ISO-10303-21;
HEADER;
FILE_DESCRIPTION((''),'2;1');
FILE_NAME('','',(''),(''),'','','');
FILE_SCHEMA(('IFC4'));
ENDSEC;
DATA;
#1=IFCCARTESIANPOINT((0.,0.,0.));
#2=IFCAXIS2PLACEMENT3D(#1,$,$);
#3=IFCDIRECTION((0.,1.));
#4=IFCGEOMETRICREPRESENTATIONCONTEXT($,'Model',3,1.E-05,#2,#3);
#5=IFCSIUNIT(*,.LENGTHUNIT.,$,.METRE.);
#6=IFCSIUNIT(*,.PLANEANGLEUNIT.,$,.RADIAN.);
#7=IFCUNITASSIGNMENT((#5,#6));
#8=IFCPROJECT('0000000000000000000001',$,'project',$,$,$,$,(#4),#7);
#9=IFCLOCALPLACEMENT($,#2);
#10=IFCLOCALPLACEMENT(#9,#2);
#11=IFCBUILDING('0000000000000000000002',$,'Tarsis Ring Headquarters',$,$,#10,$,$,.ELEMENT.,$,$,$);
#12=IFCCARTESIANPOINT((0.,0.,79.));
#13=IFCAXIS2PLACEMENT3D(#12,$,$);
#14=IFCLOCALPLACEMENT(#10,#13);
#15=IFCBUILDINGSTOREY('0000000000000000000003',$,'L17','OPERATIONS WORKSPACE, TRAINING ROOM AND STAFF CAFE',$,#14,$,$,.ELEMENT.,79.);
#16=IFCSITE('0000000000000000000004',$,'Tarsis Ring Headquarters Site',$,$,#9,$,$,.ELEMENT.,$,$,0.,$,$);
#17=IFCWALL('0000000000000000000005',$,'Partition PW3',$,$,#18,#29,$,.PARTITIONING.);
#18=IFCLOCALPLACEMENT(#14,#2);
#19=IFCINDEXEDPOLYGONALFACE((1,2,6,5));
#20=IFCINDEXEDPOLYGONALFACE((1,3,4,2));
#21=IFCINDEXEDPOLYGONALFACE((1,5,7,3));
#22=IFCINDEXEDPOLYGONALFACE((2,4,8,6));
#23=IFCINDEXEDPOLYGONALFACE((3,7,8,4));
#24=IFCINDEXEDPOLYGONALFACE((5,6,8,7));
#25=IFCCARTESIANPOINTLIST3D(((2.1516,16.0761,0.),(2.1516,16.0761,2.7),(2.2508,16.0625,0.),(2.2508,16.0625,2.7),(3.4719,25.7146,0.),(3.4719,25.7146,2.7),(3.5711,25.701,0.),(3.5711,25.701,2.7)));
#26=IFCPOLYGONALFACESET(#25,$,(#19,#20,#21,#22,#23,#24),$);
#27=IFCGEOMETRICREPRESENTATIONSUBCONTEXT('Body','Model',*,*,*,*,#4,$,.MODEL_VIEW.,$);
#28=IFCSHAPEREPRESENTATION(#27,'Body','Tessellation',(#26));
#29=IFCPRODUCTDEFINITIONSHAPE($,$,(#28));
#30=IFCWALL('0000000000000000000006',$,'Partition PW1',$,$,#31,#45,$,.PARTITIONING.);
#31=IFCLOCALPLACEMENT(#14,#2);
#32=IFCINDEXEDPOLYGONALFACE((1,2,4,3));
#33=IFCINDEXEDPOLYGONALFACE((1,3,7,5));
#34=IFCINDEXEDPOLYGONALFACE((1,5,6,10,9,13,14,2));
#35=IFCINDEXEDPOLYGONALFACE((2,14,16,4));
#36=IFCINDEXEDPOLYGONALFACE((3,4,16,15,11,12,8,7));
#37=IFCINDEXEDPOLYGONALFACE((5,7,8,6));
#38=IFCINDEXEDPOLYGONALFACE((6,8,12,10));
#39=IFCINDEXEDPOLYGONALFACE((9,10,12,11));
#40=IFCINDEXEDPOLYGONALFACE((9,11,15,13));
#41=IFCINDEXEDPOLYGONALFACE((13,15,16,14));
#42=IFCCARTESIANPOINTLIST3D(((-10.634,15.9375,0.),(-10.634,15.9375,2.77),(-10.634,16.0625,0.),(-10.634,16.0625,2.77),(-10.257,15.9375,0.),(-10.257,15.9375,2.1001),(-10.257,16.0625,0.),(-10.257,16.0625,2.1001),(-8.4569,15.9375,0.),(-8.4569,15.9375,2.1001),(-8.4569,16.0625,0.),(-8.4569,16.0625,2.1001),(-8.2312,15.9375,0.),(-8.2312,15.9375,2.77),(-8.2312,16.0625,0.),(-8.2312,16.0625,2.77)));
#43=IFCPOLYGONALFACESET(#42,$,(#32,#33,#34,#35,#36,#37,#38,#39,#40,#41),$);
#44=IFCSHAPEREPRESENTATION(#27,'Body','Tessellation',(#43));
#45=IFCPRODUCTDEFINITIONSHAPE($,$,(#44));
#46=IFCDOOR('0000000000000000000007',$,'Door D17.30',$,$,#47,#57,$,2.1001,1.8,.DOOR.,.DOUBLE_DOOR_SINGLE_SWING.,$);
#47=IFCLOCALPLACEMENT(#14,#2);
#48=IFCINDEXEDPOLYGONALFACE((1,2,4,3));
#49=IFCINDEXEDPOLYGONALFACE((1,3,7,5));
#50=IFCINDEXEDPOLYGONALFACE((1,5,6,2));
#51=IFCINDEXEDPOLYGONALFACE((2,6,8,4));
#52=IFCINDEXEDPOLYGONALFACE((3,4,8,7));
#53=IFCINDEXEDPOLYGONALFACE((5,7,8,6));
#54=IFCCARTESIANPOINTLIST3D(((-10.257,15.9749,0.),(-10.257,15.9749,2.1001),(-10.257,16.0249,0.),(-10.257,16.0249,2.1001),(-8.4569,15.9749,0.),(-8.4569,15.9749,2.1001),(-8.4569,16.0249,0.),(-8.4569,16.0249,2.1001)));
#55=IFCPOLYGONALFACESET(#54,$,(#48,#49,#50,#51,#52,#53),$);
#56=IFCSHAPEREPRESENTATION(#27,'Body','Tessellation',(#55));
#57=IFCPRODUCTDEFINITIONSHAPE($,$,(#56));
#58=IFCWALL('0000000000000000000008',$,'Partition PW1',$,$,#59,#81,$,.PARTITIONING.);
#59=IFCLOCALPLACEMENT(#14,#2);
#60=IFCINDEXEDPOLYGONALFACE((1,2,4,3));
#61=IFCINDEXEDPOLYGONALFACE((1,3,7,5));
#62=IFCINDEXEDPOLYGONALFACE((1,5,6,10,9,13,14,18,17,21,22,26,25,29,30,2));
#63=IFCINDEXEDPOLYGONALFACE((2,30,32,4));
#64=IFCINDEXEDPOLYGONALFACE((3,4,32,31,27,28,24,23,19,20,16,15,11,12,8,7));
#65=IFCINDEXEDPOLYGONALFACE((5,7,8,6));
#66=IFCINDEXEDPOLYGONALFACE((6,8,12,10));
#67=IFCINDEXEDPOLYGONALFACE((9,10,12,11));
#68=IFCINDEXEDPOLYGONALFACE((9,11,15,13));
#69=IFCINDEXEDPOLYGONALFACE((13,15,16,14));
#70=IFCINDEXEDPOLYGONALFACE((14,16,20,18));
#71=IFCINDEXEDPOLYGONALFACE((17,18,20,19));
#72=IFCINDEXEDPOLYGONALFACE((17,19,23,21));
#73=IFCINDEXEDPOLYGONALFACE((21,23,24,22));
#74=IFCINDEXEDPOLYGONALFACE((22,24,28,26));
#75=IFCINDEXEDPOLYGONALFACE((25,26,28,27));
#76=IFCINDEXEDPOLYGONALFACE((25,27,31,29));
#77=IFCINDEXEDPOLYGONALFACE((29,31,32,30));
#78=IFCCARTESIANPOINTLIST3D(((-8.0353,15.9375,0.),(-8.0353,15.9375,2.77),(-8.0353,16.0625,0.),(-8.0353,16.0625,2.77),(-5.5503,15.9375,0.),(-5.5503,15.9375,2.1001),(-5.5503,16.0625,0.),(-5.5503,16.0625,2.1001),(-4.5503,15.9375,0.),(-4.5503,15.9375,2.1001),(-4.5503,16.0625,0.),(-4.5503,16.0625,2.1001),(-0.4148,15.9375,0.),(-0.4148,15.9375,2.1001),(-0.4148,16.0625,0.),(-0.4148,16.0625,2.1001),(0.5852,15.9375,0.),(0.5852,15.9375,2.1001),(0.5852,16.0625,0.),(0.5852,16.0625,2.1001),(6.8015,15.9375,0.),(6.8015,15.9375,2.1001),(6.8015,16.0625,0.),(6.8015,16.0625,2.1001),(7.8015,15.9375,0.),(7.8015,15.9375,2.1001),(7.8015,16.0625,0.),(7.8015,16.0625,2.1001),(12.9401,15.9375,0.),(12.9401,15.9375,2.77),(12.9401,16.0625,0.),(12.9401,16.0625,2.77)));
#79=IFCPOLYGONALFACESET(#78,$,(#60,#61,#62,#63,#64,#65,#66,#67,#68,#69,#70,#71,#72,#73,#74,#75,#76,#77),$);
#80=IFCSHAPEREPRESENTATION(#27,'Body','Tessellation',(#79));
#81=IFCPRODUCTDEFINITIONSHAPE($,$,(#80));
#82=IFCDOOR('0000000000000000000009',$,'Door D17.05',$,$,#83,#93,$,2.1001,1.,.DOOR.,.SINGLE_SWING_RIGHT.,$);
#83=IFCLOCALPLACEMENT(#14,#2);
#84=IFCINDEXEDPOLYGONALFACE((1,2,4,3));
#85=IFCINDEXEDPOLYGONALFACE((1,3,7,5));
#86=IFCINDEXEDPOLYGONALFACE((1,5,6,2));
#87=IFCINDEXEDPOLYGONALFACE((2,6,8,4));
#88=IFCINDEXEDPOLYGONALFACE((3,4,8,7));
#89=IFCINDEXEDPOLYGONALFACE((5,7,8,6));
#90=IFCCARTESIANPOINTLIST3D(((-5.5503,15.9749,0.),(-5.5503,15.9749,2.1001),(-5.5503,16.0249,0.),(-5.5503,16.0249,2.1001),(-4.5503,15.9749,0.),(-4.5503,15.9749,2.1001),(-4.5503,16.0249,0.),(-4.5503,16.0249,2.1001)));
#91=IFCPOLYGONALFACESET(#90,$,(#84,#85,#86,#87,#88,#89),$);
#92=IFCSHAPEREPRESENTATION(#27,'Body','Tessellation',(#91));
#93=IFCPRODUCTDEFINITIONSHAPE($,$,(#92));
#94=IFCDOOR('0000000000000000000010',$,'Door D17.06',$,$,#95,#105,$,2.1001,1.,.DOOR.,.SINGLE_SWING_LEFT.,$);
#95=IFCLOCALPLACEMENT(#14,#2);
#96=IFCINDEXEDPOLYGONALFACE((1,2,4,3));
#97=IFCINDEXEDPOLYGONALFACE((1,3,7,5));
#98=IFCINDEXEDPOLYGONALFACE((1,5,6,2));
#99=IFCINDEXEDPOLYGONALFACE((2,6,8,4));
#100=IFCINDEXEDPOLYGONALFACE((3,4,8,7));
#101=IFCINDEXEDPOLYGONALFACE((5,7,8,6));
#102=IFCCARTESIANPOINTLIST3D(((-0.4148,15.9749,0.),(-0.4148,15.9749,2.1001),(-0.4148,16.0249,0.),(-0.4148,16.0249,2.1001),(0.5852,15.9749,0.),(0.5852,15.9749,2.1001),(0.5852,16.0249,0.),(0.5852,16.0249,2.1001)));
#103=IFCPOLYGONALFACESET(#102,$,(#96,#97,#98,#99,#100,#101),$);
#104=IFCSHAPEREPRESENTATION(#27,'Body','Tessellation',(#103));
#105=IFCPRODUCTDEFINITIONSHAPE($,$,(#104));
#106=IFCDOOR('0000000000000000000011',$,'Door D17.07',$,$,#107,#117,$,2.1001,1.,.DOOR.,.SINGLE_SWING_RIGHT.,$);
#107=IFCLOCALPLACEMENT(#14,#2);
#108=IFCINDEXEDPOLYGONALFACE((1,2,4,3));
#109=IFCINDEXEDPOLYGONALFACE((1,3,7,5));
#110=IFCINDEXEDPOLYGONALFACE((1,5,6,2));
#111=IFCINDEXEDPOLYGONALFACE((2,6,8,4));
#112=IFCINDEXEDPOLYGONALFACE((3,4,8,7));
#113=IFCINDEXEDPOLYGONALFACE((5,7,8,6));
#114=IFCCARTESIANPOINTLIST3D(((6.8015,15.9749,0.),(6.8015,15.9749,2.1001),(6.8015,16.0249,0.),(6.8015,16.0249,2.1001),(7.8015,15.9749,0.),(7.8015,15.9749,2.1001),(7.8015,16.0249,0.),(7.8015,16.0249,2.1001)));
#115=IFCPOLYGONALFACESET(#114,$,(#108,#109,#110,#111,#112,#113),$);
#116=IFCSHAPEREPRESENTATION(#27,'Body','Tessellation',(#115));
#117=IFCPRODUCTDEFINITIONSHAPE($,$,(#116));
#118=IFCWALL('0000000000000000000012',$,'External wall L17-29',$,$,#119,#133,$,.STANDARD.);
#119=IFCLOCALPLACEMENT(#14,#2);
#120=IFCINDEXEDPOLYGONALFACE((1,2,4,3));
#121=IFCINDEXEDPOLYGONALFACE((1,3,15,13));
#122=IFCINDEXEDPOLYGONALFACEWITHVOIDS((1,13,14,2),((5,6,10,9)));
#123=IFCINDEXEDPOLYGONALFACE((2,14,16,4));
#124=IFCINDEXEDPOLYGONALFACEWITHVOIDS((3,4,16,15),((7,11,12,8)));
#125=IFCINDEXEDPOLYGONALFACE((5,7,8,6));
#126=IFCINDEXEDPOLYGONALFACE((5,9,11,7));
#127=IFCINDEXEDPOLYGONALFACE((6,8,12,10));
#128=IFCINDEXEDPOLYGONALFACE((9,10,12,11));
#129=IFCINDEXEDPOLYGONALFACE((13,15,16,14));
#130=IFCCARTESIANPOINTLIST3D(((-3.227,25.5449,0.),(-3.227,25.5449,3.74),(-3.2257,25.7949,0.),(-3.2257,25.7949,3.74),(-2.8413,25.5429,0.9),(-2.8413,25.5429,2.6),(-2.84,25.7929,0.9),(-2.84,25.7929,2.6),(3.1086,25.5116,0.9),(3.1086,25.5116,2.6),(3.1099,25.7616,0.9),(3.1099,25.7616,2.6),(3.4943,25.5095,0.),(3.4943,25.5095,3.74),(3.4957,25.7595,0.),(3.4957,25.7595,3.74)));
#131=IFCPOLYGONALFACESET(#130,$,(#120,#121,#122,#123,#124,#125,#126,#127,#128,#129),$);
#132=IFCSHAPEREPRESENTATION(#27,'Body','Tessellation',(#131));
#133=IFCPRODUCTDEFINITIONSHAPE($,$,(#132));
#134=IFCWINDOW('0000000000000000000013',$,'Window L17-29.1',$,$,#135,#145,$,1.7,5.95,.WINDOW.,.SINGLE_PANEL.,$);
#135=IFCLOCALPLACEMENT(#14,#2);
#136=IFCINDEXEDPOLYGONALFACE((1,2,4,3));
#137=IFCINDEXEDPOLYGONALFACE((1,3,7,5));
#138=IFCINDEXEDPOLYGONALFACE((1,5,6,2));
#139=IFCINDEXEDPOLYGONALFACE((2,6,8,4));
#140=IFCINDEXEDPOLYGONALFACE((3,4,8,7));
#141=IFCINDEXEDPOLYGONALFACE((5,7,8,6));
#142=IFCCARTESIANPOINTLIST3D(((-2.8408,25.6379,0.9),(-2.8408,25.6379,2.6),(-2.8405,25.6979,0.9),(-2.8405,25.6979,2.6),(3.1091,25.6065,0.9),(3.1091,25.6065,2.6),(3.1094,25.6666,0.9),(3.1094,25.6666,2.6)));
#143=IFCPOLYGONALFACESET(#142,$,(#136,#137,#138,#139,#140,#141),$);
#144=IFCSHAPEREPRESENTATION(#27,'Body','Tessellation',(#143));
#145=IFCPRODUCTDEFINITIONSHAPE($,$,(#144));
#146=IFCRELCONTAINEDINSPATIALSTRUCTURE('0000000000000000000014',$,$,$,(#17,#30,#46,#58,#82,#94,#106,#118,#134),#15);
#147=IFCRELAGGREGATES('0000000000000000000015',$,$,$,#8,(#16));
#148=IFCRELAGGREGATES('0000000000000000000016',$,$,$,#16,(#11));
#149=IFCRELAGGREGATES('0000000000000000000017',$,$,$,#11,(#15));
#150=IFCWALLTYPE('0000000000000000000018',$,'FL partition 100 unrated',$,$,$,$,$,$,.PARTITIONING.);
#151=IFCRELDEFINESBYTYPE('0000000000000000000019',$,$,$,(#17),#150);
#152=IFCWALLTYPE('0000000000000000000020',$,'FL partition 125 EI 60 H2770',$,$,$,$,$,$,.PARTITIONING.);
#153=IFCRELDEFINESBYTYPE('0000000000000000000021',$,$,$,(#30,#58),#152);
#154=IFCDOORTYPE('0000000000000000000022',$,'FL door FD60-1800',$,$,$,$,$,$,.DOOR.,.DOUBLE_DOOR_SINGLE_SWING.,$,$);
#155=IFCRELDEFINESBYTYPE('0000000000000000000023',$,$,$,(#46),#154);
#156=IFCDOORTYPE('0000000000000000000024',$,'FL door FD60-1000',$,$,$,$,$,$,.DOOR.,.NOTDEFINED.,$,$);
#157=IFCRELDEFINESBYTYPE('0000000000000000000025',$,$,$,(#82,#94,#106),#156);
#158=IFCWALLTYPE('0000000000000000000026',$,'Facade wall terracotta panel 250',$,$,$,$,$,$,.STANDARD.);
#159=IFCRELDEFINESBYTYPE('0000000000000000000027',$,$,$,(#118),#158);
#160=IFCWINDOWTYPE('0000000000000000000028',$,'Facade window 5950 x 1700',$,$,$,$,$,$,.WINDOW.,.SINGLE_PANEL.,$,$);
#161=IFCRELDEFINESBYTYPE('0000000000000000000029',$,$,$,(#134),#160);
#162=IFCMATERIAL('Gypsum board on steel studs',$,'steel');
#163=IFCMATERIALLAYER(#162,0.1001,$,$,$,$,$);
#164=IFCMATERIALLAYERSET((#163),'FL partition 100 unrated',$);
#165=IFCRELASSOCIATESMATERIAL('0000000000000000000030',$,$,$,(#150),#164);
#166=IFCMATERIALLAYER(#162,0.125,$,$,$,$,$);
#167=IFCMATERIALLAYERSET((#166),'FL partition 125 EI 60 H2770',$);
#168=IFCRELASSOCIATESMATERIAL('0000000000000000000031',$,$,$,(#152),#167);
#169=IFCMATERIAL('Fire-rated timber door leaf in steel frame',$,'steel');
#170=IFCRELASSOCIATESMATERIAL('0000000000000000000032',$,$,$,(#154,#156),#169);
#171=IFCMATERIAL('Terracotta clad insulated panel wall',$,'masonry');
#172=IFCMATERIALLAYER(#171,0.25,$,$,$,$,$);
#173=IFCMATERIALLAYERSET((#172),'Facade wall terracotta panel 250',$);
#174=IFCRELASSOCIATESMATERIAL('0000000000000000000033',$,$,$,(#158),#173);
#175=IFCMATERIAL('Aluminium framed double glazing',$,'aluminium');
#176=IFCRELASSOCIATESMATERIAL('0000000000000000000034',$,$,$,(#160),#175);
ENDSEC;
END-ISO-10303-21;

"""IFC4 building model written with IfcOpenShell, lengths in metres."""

from ifc_helpers import new_model, si_unit, direction, frame, frame_2d, origin, place, context, subcontext, project, spatial, rectangle, extrude, material, layer, layer_set, type_object, element, fill, save


model = new_model("IFC4")

# Units and contexts
model_context = context("Model", 3, precision=1e-05, world=origin(), true_north=direction((0.0, 1.0)))
body_context = subcontext(model_context, "Body", "Model", "MODEL_VIEW")
ifc_project = project(units=[si_unit("LENGTHUNIT", "METRE"), si_unit("PLANEANGLEUNIT", "RADIAN")], contexts=[model_context])

# Site, building, storey
site_placement = place(None, origin())
site = spatial("IfcSite", under=ifc_project, at=site_placement, Name="Tarsis Ring Headquarters Site", CompositionType="ELEMENT", RefElevation=0.0)
building_placement = place(site_placement, origin())
building = spatial("IfcBuilding", under=site, at=building_placement, Name="Tarsis Ring Headquarters", CompositionType="ELEMENT")
storey_placement = place(building_placement, frame((0.0, 0.0, 79.0)))
storey = spatial("IfcBuildingStorey", under=building, at=storey_placement, Name="L17", Description="OPERATIONS WORKSPACE, TRAINING ROOM AND STAFF CAFE", CompositionType="ELEMENT", Elevation=79.0)

# Wall
ifc_material_1 = material(Name="Gypsum board on steel studs", Category="steel")
ifc_layer_1 = layer(ifc_material_1, 0.1001)
ifc_layer_set_1 = layer_set([ifc_layer_1], Name="FL partition 100 unrated")
wall_type_1 = type_object("IfcWallType", Name="FL partition 100 unrated", PredefinedType="PARTITIONING", material=ifc_layer_set_1)
wall_1_placement = place(storey_placement, frame((2.2012, 16.0693, 0.0), z_axis=(0.0, 0.0, 1.0), x_axis=(0.135717, 0.990748, 0.0)))
element("IfcWall", 1, at=wall_1_placement, inside=storey, type_object=wall_type_1, Name="Partition PW3", PredefinedType="PARTITIONING", context=body_context, shape_type="SweptSolid", body=[
    extrude(rectangle(XDim=9.7285, YDim=0.1001, at=frame_2d((4.8643, 0.0))), origin(), (0.0, 0.0, 1.0), 2.7),
])

# Wall, opening, door
ifc_layer_2 = layer(ifc_material_1, 0.125)
ifc_layer_set_2 = layer_set([ifc_layer_2], Name="FL partition 125 EI 60 H2770")
wall_type_2 = type_object("IfcWallType", Name="FL partition 125 EI 60 H2770", PredefinedType="PARTITIONING", material=ifc_layer_set_2)
wall_2_placement = place(storey_placement, frame((-10.634, 16.0, 0.0), z_axis=(0.0, 0.0, 1.0), x_axis=(1.0, 0.0, 0.0)))
wall_2 = element("IfcWall", 2, at=wall_2_placement, inside=storey, type_object=wall_type_2, Name="Partition PW1", PredefinedType="PARTITIONING", context=body_context, shape_type="SweptSolid", body=[
    extrude(rectangle(XDim=2.4028, YDim=0.125, at=frame_2d((1.2014, 0.0))), origin(), (0.0, 0.0, 1.0), 2.77),
])
opening_1_placement = place(wall_2_placement, frame((0.3772, 0.0, 0.0)))
opening_1 = element("IfcOpeningElement", 3, at=opening_1_placement, cuts=wall_2, PredefinedType="OPENING", context=body_context, shape_type="SweptSolid", body=[
    extrude(rectangle(XDim=1.8, YDim=2.1001, at=frame_2d((0.8999, 1.05))), frame((0.0, 0.0725, 0.0), z_axis=(0.0, -1.0, 0.0), x_axis=(1.0, 0.0, 0.0)), (0.0, 0.0, 1.0), 0.145),
])
ifc_material_2 = material(Name="Fire-rated timber door leaf in steel frame", Category="steel")
door_type_1 = type_object("IfcDoorType", Name="FL door FD60-1800", OperationType="DOUBLE_DOOR_SINGLE_SWING", PredefinedType="DOOR", material=ifc_material_2)
door_1_placement = place(opening_1_placement, origin())
door_1 = element("IfcDoor", 4, at=door_1_placement, inside=storey, type_object=door_type_1, Name="Door D17.30", OperationType="DOUBLE_DOOR_SINGLE_SWING", OverallHeight=2.1001, OverallWidth=1.8, PredefinedType="DOOR", context=body_context, shape_type="SweptSolid", body=[
    extrude(rectangle(XDim=1.8, YDim=2.1001, at=frame_2d((0.8999, 1.05))), frame((0.0, 0.0249, 0.0), z_axis=(0.0, -1.0, 0.0), x_axis=(1.0, 0.0, 0.0)), (0.0, 0.0, 1.0), 0.05),
])
fill(opening_1, door_1)

# Wall, openings, doors
wall_3_placement = place(storey_placement, frame((-8.0354, 16.0, 0.0), z_axis=(0.0, 0.0, 1.0), x_axis=(1.0, 0.0, 0.0)))
wall_3 = element("IfcWall", 5, at=wall_3_placement, inside=storey, type_object=wall_type_2, Name="Partition PW1", PredefinedType="PARTITIONING", context=body_context, shape_type="SweptSolid", body=[
    extrude(rectangle(XDim=20.9753, YDim=0.125, at=frame_2d((10.4878, 0.0))), origin(), (0.0, 0.0, 1.0), 2.77),
])
opening_2_placement = place(wall_3_placement, frame((2.4851, 0.0, 0.0)))
opening_2 = element("IfcOpeningElement", 6, at=opening_2_placement, cuts=wall_3, PredefinedType="OPENING", context=body_context, shape_type="SweptSolid", body=[
    extrude(rectangle(XDim=1.0, YDim=2.1001, at=frame_2d((0.5, 1.05))), frame((0.0, 0.0725, 0.0), z_axis=(0.0, -1.0, 0.0), x_axis=(1.0, 0.0, 0.0)), (0.0, 0.0, 1.0), 0.145),
])
opening_3_placement = place(wall_3_placement, frame((7.6206, 0.0, 0.0)))
opening_3 = element("IfcOpeningElement", 7, at=opening_3_placement, cuts=wall_3, PredefinedType="OPENING", context=body_context, shape_type="SweptSolid", body=[
    extrude(rectangle(XDim=1.0, YDim=2.1001, at=frame_2d((0.5, 1.05))), frame((0.0, 0.0725, 0.0), z_axis=(0.0, -1.0, 0.0), x_axis=(1.0, 0.0, 0.0)), (0.0, 0.0, 1.0), 0.145),
])
opening_4_placement = place(wall_3_placement, frame((14.8369, 0.0, 0.0)))
opening_4 = element("IfcOpeningElement", 8, at=opening_4_placement, cuts=wall_3, PredefinedType="OPENING", context=body_context, shape_type="SweptSolid", body=[
    extrude(rectangle(XDim=1.0, YDim=2.1001, at=frame_2d((0.5, 1.05))), frame((0.0, 0.0725, 0.0), z_axis=(0.0, -1.0, 0.0), x_axis=(1.0, 0.0, 0.0)), (0.0, 0.0, 1.0), 0.145),
])
door_type_2 = type_object("IfcDoorType", Name="FL door FD60-1000", OperationType="NOTDEFINED", PredefinedType="DOOR", material=ifc_material_2)
door_2_placement = place(opening_2_placement, origin())
door_2 = element("IfcDoor", 9, at=door_2_placement, inside=storey, type_object=door_type_2, Name="Door D17.05", OperationType="SINGLE_SWING_RIGHT", OverallHeight=2.1001, OverallWidth=1.0, PredefinedType="DOOR", context=body_context, shape_type="SweptSolid", body=[
    extrude(rectangle(XDim=1.0, YDim=2.1001, at=frame_2d((0.5, 1.05))), frame((0.0, 0.0249, 0.0), z_axis=(0.0, -1.0, 0.0), x_axis=(1.0, 0.0, 0.0)), (0.0, 0.0, 1.0), 0.05),
])
fill(opening_2, door_2)
door_3_placement = place(opening_3_placement, origin())
door_3 = element("IfcDoor", 10, at=door_3_placement, inside=storey, type_object=door_type_2, Name="Door D17.06", OperationType="SINGLE_SWING_LEFT", OverallHeight=2.1001, OverallWidth=1.0, PredefinedType="DOOR", context=body_context, shape_type="SweptSolid", body=[
    extrude(rectangle(XDim=1.0, YDim=2.1001, at=frame_2d((0.5, 1.05))), frame((0.0, 0.0249, 0.0), z_axis=(0.0, -1.0, 0.0), x_axis=(1.0, 0.0, 0.0)), (0.0, 0.0, 1.0), 0.05),
])
fill(opening_3, door_3)
door_4_placement = place(opening_4_placement, origin())
door_4 = element("IfcDoor", 11, at=door_4_placement, inside=storey, type_object=door_type_2, Name="Door D17.07", OperationType="SINGLE_SWING_RIGHT", OverallHeight=2.1001, OverallWidth=1.0, PredefinedType="DOOR", context=body_context, shape_type="SweptSolid", body=[
    extrude(rectangle(XDim=1.0, YDim=2.1001, at=frame_2d((0.5, 1.05))), frame((0.0, 0.0249, 0.0), z_axis=(0.0, -1.0, 0.0), x_axis=(1.0, 0.0, 0.0)), (0.0, 0.0, 1.0), 0.05),
])
fill(opening_4, door_4)

# Wall, opening, window
ifc_material_3 = material(Name="Terracotta clad insulated panel wall", Category="masonry")
ifc_layer_3 = layer(ifc_material_3, 0.25)
ifc_layer_set_3 = layer_set([ifc_layer_3], Name="Facade wall terracotta panel 250")
wall_type_3 = type_object("IfcWallType", Name="Facade wall terracotta panel 250", PredefinedType="STANDARD", material=ifc_layer_set_3)
wall_4_placement = place(storey_placement, frame((3.4951, 25.6345, 0.0), z_axis=(0.0, 0.0, 1.0), x_axis=(-0.999986, 0.005267, 0.0)))
wall_4 = element("IfcWall", 12, at=wall_4_placement, inside=storey, type_object=wall_type_3, Name="External wall L17-29", PredefinedType="STANDARD", context=body_context, shape_type="SweptSolid", body=[
    extrude(rectangle(XDim=6.7214, YDim=0.25, at=frame_2d((3.3608, 0.0))), origin(), (0.0, 0.0, 1.0), 3.74),
])
opening_5_placement = place(wall_4_placement, frame((0.3857, 0.0, 0.8999)))
opening_5 = element("IfcOpeningElement", 13, at=opening_5_placement, cuts=wall_4, PredefinedType="OPENING", context=body_context, shape_type="SweptSolid", body=[
    extrude(rectangle(XDim=5.95, YDim=1.7, at=frame_2d((2.9751, 0.8501))), frame((0.0, 0.135, 0.0), z_axis=(0.0, -1.0, 0.0), x_axis=(1.0, 0.0, 0.0)), (0.0, 0.0, 1.0), 0.27),
])
ifc_material_4 = material(Name="Aluminium framed double glazing", Category="aluminium")
window_type_1 = type_object("IfcWindowType", Name="Facade window 5950 x 1700", PartitioningType="SINGLE_PANEL", PredefinedType="WINDOW", material=ifc_material_4)
window_1_placement = place(opening_5_placement, origin())
window_1 = element("IfcWindow", 14, at=window_1_placement, inside=storey, type_object=window_type_1, Name="Window L17-29.1", OverallHeight=1.7, OverallWidth=5.95, PartitioningType="SINGLE_PANEL", PredefinedType="WINDOW", context=body_context, shape_type="SweptSolid", body=[
    extrude(rectangle(XDim=5.95, YDim=1.7, at=frame_2d((2.9751, 0.8501))), frame((0.0, 0.03, 0.0), z_axis=(0.0, -1.0, 0.0), x_axis=(1.0, 0.0, 0.0)), (0.0, 0.0, 1.0), 0.0601),
])
fill(opening_5, window_1)

save(model, "model.ifc")
